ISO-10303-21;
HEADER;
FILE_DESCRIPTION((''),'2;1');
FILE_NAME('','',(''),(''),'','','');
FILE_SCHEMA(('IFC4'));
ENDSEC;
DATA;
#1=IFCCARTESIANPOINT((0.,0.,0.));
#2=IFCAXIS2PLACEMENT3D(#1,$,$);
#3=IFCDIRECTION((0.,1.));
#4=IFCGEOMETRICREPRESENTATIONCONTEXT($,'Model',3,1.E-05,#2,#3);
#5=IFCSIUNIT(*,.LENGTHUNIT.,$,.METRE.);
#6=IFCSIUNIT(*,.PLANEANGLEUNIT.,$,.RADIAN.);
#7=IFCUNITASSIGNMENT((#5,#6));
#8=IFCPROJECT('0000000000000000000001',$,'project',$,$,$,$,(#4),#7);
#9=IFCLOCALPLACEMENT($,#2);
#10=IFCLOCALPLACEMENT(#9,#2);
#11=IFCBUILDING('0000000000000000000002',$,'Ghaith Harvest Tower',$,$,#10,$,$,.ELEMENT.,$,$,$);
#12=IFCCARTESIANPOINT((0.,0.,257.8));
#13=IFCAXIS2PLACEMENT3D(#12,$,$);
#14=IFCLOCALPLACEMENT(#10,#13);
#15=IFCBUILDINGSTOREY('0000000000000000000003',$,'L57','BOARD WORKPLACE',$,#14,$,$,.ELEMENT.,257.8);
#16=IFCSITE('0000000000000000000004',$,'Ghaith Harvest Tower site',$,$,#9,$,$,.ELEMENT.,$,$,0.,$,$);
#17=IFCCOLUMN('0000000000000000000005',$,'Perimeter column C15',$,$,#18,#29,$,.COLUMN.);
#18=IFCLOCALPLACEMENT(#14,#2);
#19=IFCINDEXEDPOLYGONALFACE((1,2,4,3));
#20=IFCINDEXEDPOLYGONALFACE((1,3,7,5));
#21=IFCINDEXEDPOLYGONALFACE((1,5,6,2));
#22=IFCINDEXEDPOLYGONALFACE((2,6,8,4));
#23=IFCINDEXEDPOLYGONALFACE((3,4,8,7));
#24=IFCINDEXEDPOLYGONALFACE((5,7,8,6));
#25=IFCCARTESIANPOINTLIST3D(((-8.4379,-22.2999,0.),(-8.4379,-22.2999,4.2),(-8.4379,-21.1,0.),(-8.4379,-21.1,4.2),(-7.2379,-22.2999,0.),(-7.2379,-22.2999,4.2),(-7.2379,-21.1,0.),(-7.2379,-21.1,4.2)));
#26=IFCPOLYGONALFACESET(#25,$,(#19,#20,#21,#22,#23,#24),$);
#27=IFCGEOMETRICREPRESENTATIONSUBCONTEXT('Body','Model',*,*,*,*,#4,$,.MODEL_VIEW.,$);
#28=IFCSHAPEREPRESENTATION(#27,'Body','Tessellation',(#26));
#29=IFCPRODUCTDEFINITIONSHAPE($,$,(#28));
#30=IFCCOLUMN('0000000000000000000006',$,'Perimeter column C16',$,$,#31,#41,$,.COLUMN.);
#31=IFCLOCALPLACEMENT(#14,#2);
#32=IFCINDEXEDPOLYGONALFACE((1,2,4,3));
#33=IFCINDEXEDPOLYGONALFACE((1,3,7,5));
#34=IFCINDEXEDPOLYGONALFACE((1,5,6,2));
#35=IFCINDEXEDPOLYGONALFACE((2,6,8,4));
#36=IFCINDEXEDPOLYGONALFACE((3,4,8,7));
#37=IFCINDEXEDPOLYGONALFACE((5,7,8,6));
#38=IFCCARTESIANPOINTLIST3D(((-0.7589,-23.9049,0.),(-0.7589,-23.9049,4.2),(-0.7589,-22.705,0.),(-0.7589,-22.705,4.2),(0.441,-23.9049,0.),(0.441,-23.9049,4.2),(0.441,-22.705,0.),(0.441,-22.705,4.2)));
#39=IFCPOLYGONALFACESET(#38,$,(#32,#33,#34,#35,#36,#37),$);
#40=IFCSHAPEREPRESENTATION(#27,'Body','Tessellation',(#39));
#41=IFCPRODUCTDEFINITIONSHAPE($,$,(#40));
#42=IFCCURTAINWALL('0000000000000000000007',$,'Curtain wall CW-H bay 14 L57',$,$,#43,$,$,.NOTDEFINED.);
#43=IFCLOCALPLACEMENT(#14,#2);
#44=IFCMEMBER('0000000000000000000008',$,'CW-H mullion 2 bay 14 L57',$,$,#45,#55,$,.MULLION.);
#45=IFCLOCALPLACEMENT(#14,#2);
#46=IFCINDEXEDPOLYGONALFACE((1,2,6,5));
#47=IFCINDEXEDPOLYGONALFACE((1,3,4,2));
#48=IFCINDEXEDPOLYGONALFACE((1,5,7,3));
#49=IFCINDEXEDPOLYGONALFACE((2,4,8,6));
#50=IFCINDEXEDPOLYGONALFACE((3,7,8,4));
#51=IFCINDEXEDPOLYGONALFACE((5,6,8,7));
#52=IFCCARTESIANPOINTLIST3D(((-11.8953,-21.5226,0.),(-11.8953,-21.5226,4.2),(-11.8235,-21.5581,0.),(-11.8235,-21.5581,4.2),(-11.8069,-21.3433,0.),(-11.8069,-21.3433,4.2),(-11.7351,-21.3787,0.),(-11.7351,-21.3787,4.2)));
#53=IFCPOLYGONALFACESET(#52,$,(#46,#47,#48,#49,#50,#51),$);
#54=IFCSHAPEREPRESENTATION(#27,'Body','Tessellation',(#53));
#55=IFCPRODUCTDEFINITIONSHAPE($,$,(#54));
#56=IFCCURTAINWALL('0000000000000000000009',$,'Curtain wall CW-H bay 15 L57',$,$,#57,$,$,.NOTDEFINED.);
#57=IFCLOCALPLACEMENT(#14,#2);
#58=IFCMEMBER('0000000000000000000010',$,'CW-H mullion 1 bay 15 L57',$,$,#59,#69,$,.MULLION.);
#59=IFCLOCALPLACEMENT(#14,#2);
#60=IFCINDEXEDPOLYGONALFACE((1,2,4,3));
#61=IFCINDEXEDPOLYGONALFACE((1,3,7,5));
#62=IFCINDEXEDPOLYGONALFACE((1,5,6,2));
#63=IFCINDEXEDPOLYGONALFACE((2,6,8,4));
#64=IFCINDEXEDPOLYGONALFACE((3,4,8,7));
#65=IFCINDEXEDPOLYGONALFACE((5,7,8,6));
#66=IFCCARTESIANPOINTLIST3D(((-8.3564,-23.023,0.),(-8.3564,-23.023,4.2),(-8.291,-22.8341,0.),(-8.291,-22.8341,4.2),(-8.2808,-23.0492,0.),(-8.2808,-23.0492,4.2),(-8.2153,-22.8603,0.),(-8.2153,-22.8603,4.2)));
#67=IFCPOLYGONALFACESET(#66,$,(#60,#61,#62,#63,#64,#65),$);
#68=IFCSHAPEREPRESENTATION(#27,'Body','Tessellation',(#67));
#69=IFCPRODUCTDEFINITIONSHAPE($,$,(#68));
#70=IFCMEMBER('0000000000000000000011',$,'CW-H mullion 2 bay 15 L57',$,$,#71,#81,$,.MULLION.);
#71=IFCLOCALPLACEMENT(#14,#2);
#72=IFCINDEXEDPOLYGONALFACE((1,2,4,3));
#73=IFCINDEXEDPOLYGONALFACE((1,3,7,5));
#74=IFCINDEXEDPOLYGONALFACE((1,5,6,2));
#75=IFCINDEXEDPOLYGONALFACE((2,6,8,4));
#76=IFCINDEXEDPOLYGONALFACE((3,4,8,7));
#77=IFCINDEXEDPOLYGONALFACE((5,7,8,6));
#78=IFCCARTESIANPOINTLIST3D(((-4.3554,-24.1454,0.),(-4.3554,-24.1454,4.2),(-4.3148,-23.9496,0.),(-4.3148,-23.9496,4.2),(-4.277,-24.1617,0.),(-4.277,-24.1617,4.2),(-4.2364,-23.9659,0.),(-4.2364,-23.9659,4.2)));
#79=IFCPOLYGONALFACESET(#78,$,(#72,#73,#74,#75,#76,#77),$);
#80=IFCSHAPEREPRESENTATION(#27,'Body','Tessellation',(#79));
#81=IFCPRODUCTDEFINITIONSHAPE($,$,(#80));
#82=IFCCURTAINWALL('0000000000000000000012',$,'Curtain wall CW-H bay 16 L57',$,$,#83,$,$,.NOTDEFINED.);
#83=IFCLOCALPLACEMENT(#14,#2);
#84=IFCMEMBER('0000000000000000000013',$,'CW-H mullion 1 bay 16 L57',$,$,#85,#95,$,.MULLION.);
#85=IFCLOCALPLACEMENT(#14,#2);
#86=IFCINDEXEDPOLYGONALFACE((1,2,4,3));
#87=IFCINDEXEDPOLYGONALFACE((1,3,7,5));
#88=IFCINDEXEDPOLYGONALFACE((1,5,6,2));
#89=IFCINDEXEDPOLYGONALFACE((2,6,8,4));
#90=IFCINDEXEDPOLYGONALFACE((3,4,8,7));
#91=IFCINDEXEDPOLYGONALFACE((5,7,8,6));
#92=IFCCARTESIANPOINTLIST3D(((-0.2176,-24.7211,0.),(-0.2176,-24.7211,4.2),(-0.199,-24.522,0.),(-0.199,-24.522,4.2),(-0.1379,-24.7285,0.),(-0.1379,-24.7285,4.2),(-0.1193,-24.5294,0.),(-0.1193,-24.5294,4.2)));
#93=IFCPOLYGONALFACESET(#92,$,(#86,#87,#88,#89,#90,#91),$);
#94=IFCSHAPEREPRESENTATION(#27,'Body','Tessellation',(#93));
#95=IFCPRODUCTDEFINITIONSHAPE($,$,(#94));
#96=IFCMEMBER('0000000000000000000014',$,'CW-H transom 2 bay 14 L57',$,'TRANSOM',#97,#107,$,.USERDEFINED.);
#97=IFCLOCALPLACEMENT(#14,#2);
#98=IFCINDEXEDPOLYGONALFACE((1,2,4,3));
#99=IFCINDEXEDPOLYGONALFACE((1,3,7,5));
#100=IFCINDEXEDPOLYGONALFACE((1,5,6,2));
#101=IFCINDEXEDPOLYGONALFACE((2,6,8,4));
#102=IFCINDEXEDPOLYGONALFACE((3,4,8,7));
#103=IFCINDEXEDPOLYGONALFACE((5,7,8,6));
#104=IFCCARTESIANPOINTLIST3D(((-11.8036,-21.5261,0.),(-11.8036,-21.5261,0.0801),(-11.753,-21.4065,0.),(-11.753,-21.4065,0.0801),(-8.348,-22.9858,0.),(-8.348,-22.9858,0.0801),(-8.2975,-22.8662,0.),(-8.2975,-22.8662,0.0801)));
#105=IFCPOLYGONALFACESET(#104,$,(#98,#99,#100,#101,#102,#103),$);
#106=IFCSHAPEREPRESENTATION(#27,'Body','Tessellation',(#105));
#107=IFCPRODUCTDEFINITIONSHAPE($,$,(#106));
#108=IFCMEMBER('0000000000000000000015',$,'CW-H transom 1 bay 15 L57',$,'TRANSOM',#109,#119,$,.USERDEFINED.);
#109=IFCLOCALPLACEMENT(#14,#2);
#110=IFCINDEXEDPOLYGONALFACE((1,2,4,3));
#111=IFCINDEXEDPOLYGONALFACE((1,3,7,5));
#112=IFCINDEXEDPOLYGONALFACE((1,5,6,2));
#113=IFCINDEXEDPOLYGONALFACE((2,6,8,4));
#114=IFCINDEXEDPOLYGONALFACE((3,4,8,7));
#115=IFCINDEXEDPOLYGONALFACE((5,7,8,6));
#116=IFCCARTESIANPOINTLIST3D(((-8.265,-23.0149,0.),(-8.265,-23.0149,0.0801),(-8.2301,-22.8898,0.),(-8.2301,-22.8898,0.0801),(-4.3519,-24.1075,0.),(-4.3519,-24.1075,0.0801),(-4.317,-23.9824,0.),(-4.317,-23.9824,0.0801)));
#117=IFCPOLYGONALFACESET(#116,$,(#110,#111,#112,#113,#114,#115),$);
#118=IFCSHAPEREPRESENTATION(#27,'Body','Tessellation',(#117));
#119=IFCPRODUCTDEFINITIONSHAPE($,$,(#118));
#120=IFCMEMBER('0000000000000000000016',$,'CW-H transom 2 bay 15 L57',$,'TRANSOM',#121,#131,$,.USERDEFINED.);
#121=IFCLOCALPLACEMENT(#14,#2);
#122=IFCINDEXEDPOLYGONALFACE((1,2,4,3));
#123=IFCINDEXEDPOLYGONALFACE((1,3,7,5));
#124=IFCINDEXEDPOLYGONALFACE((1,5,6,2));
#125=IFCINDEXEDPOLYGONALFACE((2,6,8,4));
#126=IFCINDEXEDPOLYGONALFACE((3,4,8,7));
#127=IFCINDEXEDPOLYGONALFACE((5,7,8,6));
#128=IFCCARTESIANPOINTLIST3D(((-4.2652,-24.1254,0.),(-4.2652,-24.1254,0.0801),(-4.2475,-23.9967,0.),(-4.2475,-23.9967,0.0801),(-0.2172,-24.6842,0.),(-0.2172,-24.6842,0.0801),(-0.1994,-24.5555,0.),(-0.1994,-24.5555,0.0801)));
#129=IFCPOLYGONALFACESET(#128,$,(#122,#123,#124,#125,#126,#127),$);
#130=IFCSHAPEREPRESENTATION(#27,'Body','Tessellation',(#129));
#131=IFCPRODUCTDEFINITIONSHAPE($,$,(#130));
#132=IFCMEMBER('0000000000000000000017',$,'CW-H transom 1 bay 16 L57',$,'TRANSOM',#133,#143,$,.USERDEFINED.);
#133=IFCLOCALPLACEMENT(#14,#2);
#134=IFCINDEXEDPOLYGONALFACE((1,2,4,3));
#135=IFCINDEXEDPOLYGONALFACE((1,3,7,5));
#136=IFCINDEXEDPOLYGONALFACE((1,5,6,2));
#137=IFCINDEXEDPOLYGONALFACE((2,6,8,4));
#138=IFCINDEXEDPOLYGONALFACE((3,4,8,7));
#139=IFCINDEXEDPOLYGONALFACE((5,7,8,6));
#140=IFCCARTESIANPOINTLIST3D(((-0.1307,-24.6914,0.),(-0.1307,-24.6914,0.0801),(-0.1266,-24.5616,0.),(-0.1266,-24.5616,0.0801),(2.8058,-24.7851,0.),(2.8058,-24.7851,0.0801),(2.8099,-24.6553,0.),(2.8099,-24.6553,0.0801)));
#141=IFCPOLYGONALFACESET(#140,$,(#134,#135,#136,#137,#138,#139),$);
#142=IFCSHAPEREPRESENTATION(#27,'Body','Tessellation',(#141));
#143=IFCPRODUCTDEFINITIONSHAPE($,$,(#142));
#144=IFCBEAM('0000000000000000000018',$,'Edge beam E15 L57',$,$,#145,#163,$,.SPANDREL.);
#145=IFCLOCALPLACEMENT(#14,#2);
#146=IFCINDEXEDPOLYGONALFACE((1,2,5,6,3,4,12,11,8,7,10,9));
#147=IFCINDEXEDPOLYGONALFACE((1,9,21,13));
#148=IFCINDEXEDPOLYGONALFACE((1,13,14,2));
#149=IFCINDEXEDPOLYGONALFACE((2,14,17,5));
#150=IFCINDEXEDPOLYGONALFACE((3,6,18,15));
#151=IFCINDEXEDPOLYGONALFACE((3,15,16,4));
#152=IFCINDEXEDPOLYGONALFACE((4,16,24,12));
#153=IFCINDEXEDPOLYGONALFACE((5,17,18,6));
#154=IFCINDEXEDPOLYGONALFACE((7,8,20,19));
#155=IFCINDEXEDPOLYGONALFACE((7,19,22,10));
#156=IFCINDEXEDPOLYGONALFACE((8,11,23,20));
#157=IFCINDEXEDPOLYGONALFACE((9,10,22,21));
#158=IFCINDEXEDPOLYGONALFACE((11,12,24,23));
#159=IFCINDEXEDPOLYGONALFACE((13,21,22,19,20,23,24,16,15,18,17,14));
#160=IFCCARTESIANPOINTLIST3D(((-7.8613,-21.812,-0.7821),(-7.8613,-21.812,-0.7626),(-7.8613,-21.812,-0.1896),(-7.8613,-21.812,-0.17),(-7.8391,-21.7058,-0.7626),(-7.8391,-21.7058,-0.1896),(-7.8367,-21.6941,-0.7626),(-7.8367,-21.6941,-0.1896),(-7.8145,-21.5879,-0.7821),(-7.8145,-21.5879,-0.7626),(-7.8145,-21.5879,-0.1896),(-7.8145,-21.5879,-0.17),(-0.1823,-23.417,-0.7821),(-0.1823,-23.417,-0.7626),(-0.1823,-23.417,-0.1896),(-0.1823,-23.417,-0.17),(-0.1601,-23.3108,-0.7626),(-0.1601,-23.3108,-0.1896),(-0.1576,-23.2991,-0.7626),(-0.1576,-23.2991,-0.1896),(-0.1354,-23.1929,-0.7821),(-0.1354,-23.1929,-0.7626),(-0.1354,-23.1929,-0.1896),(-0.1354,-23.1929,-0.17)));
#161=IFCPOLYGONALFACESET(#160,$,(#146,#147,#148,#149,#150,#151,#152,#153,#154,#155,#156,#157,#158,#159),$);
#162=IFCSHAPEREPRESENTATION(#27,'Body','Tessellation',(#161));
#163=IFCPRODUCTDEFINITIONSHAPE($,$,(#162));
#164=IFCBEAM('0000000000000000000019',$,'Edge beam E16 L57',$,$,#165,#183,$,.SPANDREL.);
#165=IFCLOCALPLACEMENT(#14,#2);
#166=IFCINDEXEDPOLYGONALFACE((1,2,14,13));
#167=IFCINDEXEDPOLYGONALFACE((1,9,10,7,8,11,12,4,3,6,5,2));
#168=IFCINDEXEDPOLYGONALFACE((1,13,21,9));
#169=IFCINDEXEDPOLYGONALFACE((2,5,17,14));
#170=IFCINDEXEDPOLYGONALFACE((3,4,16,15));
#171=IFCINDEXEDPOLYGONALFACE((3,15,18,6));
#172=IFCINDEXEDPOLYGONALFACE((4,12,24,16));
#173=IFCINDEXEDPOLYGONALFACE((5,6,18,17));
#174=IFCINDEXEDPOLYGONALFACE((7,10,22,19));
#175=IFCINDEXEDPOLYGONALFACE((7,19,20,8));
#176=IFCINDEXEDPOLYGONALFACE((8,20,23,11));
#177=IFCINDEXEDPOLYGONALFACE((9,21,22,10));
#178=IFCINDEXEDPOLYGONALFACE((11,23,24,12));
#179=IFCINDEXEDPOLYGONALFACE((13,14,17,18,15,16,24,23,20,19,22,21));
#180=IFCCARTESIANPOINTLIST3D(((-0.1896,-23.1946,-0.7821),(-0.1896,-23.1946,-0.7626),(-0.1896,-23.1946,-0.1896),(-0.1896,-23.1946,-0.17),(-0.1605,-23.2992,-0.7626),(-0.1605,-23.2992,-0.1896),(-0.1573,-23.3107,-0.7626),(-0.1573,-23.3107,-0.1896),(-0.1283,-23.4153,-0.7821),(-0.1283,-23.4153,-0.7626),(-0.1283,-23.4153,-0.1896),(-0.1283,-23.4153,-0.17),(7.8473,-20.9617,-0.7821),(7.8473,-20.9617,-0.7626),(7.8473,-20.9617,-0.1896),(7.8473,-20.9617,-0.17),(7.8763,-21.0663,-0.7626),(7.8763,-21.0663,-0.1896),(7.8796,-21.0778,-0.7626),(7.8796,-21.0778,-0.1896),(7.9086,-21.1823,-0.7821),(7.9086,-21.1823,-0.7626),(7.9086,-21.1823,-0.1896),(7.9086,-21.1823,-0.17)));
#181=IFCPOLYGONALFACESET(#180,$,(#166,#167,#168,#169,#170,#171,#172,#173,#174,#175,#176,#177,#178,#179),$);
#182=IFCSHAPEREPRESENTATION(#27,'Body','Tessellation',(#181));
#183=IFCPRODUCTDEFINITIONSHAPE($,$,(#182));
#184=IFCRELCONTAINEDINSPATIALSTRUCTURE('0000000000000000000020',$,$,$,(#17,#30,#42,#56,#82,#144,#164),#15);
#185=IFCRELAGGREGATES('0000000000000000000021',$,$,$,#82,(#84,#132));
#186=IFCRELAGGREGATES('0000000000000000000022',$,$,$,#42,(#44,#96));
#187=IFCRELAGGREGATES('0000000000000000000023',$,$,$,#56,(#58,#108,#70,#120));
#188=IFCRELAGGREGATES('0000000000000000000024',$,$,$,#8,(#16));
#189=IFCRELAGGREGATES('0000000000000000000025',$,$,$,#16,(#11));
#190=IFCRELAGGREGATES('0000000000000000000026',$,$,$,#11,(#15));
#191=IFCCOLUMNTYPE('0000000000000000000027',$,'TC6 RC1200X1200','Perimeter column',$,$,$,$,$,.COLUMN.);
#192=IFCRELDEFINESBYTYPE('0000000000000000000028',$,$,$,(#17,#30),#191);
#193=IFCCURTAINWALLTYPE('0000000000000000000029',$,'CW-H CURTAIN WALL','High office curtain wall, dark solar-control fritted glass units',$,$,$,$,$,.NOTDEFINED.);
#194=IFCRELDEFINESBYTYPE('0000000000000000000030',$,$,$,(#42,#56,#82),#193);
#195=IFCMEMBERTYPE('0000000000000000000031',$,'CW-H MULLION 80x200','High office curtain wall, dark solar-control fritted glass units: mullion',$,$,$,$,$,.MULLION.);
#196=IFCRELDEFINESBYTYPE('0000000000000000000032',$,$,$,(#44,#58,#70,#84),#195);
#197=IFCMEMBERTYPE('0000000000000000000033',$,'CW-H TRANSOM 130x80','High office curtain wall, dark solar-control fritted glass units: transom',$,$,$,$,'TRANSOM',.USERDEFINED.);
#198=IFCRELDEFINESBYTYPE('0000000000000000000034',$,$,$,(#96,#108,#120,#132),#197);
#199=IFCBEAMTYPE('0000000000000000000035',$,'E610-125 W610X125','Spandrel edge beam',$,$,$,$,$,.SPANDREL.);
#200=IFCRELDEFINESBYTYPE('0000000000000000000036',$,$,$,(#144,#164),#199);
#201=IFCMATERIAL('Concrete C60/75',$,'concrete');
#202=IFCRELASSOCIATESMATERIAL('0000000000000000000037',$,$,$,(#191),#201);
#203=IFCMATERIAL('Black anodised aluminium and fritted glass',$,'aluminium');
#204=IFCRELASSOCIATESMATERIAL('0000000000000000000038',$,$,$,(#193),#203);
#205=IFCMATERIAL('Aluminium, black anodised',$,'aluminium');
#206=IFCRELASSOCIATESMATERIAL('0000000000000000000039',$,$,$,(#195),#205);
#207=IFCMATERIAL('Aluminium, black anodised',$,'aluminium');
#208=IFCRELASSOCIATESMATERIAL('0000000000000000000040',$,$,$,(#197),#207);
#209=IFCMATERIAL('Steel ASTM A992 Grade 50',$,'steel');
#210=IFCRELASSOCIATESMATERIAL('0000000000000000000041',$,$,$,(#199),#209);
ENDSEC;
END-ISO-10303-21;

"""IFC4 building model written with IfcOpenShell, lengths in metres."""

from ifc_helpers import new_model, si_unit, direction, frame, origin, origin_2d, place, context, subcontext, project, spatial, rectangle, i_section, extrude, material, material_profile, profile_set, type_object, element, aggregate, save


model = new_model("IFC4")

# Units and contexts
model_context = context("Model", 3, precision=1e-05, world=origin(), true_north=direction((0.0, 1.0)))
body_context = subcontext(model_context, "Body", "Model", "MODEL_VIEW")
ifc_project = project(units=[si_unit("LENGTHUNIT", "METRE"), si_unit("PLANEANGLEUNIT", "RADIAN")], contexts=[model_context])

# Site, building, storey
site_placement = place(None, origin())
site = spatial("IfcSite", under=ifc_project, at=site_placement, Name="Ghaith Harvest Tower site", CompositionType="ELEMENT", RefElevation=0.0)
building_placement = place(site_placement, origin())
building = spatial("IfcBuilding", under=site, at=building_placement, Name="Ghaith Harvest Tower", CompositionType="ELEMENT")
storey_placement = place(building_placement, frame((0.0, 0.0, 257.8)))
storey = spatial("IfcBuildingStorey", under=building, at=storey_placement, Name="L57", Description="BOARD WORKPLACE", CompositionType="ELEMENT", Elevation=257.8)

# Columns
ifc_material_1 = material(Name="Concrete C60/75", Category="concrete")
ifc_material_profile_1 = material_profile(ifc_material_1, rectangle(XDim=1.2, YDim=1.2, at=origin_2d()), Name="RC1200X1200")
ifc_profile_set_1 = profile_set([ifc_material_profile_1], Name="Concrete C60/75")
column_type = type_object("IfcColumnType", Name="TC6 RC1200X1200", Description="Perimeter column", PredefinedType="COLUMN", material=ifc_profile_set_1)
for number, where, z_axis, x_axis, name in (
    (1, (-7.8379, -21.7, 0.0), (0.0, 0.0, 1.0), (1.0, 0.0, 0.0), "Perimeter column C15"),
    (2, (-0.1589, -23.3049, 0.0), (0.0, 0.0, 1.0), (1.0, 0.0, 0.0), "Perimeter column C16"),
):
    element("IfcColumn", number, at=place(storey_placement, frame(where, z_axis=z_axis, x_axis=x_axis)), inside=storey, type_object=column_type, Name=name, PredefinedType="COLUMN", context=body_context, shape_type="SweptSolid", body=[
        extrude(rectangle(XDim=1.2, YDim=1.2, at=origin_2d()), origin(), (0.0, 0.0, 1.0), 4.2),
    ])

# Curtain wall, member
ifc_material_2 = material(Name="Black anodised aluminium and fritted glass", Category="aluminium")
curtain_wall_type = type_object("IfcCurtainWallType", Name="CW-H CURTAIN WALL", Description="High office curtain wall, dark solar-control fritted glass units", PredefinedType="NOTDEFINED", material=ifc_material_2)
curtain_wall_1_placement = place(storey_placement, origin())
curtain_wall_1 = element("IfcCurtainWall", 3, at=curtain_wall_1_placement, inside=storey, type_object=curtain_wall_type, Name="Curtain wall CW-H bay 14 L57", PredefinedType="NOTDEFINED")
ifc_material_3 = material(Name="Aluminium, black anodised", Category="aluminium")
ifc_material_profile_2 = material_profile(ifc_material_3, rectangle(XDim=0.0801, YDim=0.2, at=origin_2d()), Name="CW-H MULLION 80x200")
ifc_profile_set_2 = profile_set([ifc_material_profile_2], Name="Aluminium, black anodised")
member_type_1 = type_object("IfcMemberType", Name="CW-H MULLION 80x200", Description="High office curtain wall, dark solar-control fritted glass units: mullion", PredefinedType="MULLION", material=ifc_profile_set_2)
member_1_placement = place(storey_placement, frame((-11.8152, -21.4507, 0.0), z_axis=(0.0, 0.0, 1.0), x_axis=(0.896853, -0.442329, 0.0)))
member_1 = element("IfcMember", 4, at=member_1_placement, type_object=member_type_1, Name="CW-H mullion 2 bay 14 L57", PredefinedType="MULLION", context=body_context, shape_type="SweptSolid", body=[
    extrude(rectangle(XDim=0.0801, YDim=0.2, at=origin_2d()), origin(), (0.0, 0.0, 1.0), 4.2),
])

# Curtain wall, members
curtain_wall_2_placement = place(storey_placement, origin())
curtain_wall_2 = element("IfcCurtainWall", 5, at=curtain_wall_2_placement, inside=storey, type_object=curtain_wall_type, Name="Curtain wall CW-H bay 15 L57", PredefinedType="NOTDEFINED")
member_2_placement = place(storey_placement, frame((-8.2859, -22.9417, 0.0), z_axis=(0.0, 0.0, 1.0), x_axis=(0.944906, -0.327342, 0.0)))
member_2 = element("IfcMember", 6, at=member_2_placement, type_object=member_type_1, Name="CW-H mullion 1 bay 15 L57", PredefinedType="MULLION", context=body_context, shape_type="SweptSolid", body=[
    extrude(rectangle(XDim=0.0801, YDim=0.2, at=origin_2d()), origin(), (0.0, 0.0, 1.0), 4.2),
])
member_3_placement = place(storey_placement, frame((-4.2959, -24.0557, 0.0), z_axis=(0.0, 0.0, 1.0), x_axis=(0.979161, -0.203084, 0.0)))
member_3 = element("IfcMember", 7, at=member_3_placement, type_object=member_type_1, Name="CW-H mullion 2 bay 15 L57", PredefinedType="MULLION", context=body_context, shape_type="SweptSolid", body=[
    extrude(rectangle(XDim=0.0801, YDim=0.2, at=origin_2d()), origin(), (0.0, 0.0, 1.0), 4.2),
])

# Curtain wall, member
curtain_wall_3_placement = place(storey_placement, origin())
curtain_wall_3 = element("IfcCurtainWall", 8, at=curtain_wall_3_placement, inside=storey, type_object=curtain_wall_type, Name="Curtain wall CW-H bay 16 L57", PredefinedType="NOTDEFINED")
member_4_placement = place(storey_placement, frame((-0.1685, -24.6252, 0.0), z_axis=(0.0, 0.0, 1.0), x_axis=(0.995685, -0.092802, 0.0)))
member_4 = element("IfcMember", 9, at=member_4_placement, type_object=member_type_1, Name="CW-H mullion 1 bay 16 L57", PredefinedType="MULLION", context=body_context, shape_type="SweptSolid", body=[
    extrude(rectangle(XDim=0.0801, YDim=0.2, at=origin_2d()), origin(), (0.0, 0.0, 1.0), 4.2),
])

# Members
ifc_material_4 = material(Name="Aluminium, black anodised", Category="aluminium")
ifc_material_profile_3 = material_profile(ifc_material_4, rectangle(XDim=0.1299, YDim=0.0801, at=origin_2d()), Name="CW-H TRANSOM 130x80")
ifc_profile_set_3 = profile_set([ifc_material_profile_3], Name="Aluminium, black anodised")
member_type_2 = type_object("IfcMemberType", Name="CW-H TRANSOM 130x80", Description="High office curtain wall, dark solar-control fritted glass units: transom", ElementType="TRANSOM", PredefinedType="USERDEFINED", material=ifc_profile_set_3)
member_5_placement = place(storey_placement, frame((-11.7783, -21.4663, 0.04), z_axis=(0.921183, -0.38913, 0.0), x_axis=(0.38913, 0.921183, 0.0)))
member_5 = element("IfcMember", 10, at=member_5_placement, type_object=member_type_2, Name="CW-H transom 2 bay 14 L57", ObjectType="TRANSOM", PredefinedType="USERDEFINED", context=body_context, shape_type="SweptSolid", body=[
    extrude(rectangle(XDim=0.1299, YDim=0.0801, at=origin_2d()), origin(), (0.0, 0.0, 1.0), 3.7512),
])
member_6_placement = place(storey_placement, frame((-8.2476, -22.9524, 0.04), z_axis=(0.963164, -0.268914, 0.0), x_axis=(0.268914, 0.963164, 0.0)))
member_6 = element("IfcMember", 11, at=member_6_placement, type_object=member_type_2, Name="CW-H transom 1 bay 15 L57", ObjectType="TRANSOM", PredefinedType="USERDEFINED", context=body_context, shape_type="SweptSolid", body=[
    extrude(rectangle(XDim=0.1299, YDim=0.0801, at=origin_2d()), origin(), (0.0, 0.0, 1.0), 4.0627),
])
member_7_placement = place(storey_placement, frame((-4.2563, -24.061, 0.04), z_axis=(0.990605, -0.136753, 0.0), x_axis=(0.136753, 0.990605, 0.0)))
member_7 = element("IfcMember", 12, at=member_7_placement, type_object=member_type_2, Name="CW-H transom 2 bay 15 L57", ObjectType="TRANSOM", PredefinedType="USERDEFINED", context=body_context, shape_type="SweptSolid", body=[
    extrude(rectangle(XDim=0.1299, YDim=0.0801, at=origin_2d()), origin(), (0.0, 0.0, 1.0), 4.0864),
])
member_8_placement = place(storey_placement, frame((-0.1287, -24.6265, 0.04), z_axis=(0.999491, -0.031909, 0.0), x_axis=(0.031909, 0.999491, 0.0)))
member_8 = element("IfcMember", 13, at=member_8_placement, type_object=member_type_2, Name="CW-H transom 1 bay 16 L57", ObjectType="TRANSOM", PredefinedType="USERDEFINED", context=body_context, shape_type="SweptSolid", body=[
    extrude(rectangle(XDim=0.1299, YDim=0.0801, at=origin_2d()), origin(), (0.0, 0.0, 1.0), 2.938),
])
aggregate(curtain_wall_3, [member_4, member_8])

# Beams
ifc_material_5 = material(Name="Steel ASTM A992 Grade 50", Category="steel")
ifc_material_profile_4 = material_profile(ifc_material_5, i_section(OverallWidth=0.229, OverallDepth=0.6121, WebThickness=0.012, FlangeThickness=0.0195, at=origin_2d()), Name="W610X125")
ifc_profile_set_4 = profile_set([ifc_material_profile_4], Name="Steel ASTM A992 Grade 50")
beam_type_1 = type_object("IfcBeamType", Name="E610-125 W610X125", Description="Spandrel edge beam", PredefinedType="SPANDREL", material=ifc_profile_set_4)
beam_1_placement = place(storey_placement, frame((-7.8379, -21.7, -0.4761), z_axis=(0.978848, -0.204589, 0.0), x_axis=(0.204589, 0.978848, 0.0)))
element("IfcBeam", 14, at=beam_1_placement, inside=storey, type_object=beam_type_1, Name="Edge beam E15 L57", PredefinedType="SPANDREL", context=body_context, shape_type="SweptSolid", body=[
    extrude(i_section(OverallWidth=0.229, OverallDepth=0.6121, WebThickness=0.012, FlangeThickness=0.0195, at=origin_2d()), origin(), (0.0, 0.0, 1.0), 7.845),
])
beam_2_placement = place(storey_placement, frame((-0.1589, -23.3049, -0.4761), z_axis=(0.963504, 0.267694, 0.0), x_axis=(-0.267694, 0.963504, 0.0)))
element("IfcBeam", 15, at=beam_2_placement, inside=storey, type_object=beam_type_1, Name="Edge beam E16 L57", PredefinedType="SPANDREL", context=body_context, shape_type="SweptSolid", body=[
    extrude(i_section(OverallWidth=0.229, OverallDepth=0.6121, WebThickness=0.012, FlangeThickness=0.0195, at=origin_2d()), origin(), (0.0, 0.0, 1.0), 8.3413),
])

aggregate(curtain_wall_1, [member_1, member_5])
aggregate(curtain_wall_2, [member_2, member_6, member_3, member_7])

save(model, "model.ifc")
